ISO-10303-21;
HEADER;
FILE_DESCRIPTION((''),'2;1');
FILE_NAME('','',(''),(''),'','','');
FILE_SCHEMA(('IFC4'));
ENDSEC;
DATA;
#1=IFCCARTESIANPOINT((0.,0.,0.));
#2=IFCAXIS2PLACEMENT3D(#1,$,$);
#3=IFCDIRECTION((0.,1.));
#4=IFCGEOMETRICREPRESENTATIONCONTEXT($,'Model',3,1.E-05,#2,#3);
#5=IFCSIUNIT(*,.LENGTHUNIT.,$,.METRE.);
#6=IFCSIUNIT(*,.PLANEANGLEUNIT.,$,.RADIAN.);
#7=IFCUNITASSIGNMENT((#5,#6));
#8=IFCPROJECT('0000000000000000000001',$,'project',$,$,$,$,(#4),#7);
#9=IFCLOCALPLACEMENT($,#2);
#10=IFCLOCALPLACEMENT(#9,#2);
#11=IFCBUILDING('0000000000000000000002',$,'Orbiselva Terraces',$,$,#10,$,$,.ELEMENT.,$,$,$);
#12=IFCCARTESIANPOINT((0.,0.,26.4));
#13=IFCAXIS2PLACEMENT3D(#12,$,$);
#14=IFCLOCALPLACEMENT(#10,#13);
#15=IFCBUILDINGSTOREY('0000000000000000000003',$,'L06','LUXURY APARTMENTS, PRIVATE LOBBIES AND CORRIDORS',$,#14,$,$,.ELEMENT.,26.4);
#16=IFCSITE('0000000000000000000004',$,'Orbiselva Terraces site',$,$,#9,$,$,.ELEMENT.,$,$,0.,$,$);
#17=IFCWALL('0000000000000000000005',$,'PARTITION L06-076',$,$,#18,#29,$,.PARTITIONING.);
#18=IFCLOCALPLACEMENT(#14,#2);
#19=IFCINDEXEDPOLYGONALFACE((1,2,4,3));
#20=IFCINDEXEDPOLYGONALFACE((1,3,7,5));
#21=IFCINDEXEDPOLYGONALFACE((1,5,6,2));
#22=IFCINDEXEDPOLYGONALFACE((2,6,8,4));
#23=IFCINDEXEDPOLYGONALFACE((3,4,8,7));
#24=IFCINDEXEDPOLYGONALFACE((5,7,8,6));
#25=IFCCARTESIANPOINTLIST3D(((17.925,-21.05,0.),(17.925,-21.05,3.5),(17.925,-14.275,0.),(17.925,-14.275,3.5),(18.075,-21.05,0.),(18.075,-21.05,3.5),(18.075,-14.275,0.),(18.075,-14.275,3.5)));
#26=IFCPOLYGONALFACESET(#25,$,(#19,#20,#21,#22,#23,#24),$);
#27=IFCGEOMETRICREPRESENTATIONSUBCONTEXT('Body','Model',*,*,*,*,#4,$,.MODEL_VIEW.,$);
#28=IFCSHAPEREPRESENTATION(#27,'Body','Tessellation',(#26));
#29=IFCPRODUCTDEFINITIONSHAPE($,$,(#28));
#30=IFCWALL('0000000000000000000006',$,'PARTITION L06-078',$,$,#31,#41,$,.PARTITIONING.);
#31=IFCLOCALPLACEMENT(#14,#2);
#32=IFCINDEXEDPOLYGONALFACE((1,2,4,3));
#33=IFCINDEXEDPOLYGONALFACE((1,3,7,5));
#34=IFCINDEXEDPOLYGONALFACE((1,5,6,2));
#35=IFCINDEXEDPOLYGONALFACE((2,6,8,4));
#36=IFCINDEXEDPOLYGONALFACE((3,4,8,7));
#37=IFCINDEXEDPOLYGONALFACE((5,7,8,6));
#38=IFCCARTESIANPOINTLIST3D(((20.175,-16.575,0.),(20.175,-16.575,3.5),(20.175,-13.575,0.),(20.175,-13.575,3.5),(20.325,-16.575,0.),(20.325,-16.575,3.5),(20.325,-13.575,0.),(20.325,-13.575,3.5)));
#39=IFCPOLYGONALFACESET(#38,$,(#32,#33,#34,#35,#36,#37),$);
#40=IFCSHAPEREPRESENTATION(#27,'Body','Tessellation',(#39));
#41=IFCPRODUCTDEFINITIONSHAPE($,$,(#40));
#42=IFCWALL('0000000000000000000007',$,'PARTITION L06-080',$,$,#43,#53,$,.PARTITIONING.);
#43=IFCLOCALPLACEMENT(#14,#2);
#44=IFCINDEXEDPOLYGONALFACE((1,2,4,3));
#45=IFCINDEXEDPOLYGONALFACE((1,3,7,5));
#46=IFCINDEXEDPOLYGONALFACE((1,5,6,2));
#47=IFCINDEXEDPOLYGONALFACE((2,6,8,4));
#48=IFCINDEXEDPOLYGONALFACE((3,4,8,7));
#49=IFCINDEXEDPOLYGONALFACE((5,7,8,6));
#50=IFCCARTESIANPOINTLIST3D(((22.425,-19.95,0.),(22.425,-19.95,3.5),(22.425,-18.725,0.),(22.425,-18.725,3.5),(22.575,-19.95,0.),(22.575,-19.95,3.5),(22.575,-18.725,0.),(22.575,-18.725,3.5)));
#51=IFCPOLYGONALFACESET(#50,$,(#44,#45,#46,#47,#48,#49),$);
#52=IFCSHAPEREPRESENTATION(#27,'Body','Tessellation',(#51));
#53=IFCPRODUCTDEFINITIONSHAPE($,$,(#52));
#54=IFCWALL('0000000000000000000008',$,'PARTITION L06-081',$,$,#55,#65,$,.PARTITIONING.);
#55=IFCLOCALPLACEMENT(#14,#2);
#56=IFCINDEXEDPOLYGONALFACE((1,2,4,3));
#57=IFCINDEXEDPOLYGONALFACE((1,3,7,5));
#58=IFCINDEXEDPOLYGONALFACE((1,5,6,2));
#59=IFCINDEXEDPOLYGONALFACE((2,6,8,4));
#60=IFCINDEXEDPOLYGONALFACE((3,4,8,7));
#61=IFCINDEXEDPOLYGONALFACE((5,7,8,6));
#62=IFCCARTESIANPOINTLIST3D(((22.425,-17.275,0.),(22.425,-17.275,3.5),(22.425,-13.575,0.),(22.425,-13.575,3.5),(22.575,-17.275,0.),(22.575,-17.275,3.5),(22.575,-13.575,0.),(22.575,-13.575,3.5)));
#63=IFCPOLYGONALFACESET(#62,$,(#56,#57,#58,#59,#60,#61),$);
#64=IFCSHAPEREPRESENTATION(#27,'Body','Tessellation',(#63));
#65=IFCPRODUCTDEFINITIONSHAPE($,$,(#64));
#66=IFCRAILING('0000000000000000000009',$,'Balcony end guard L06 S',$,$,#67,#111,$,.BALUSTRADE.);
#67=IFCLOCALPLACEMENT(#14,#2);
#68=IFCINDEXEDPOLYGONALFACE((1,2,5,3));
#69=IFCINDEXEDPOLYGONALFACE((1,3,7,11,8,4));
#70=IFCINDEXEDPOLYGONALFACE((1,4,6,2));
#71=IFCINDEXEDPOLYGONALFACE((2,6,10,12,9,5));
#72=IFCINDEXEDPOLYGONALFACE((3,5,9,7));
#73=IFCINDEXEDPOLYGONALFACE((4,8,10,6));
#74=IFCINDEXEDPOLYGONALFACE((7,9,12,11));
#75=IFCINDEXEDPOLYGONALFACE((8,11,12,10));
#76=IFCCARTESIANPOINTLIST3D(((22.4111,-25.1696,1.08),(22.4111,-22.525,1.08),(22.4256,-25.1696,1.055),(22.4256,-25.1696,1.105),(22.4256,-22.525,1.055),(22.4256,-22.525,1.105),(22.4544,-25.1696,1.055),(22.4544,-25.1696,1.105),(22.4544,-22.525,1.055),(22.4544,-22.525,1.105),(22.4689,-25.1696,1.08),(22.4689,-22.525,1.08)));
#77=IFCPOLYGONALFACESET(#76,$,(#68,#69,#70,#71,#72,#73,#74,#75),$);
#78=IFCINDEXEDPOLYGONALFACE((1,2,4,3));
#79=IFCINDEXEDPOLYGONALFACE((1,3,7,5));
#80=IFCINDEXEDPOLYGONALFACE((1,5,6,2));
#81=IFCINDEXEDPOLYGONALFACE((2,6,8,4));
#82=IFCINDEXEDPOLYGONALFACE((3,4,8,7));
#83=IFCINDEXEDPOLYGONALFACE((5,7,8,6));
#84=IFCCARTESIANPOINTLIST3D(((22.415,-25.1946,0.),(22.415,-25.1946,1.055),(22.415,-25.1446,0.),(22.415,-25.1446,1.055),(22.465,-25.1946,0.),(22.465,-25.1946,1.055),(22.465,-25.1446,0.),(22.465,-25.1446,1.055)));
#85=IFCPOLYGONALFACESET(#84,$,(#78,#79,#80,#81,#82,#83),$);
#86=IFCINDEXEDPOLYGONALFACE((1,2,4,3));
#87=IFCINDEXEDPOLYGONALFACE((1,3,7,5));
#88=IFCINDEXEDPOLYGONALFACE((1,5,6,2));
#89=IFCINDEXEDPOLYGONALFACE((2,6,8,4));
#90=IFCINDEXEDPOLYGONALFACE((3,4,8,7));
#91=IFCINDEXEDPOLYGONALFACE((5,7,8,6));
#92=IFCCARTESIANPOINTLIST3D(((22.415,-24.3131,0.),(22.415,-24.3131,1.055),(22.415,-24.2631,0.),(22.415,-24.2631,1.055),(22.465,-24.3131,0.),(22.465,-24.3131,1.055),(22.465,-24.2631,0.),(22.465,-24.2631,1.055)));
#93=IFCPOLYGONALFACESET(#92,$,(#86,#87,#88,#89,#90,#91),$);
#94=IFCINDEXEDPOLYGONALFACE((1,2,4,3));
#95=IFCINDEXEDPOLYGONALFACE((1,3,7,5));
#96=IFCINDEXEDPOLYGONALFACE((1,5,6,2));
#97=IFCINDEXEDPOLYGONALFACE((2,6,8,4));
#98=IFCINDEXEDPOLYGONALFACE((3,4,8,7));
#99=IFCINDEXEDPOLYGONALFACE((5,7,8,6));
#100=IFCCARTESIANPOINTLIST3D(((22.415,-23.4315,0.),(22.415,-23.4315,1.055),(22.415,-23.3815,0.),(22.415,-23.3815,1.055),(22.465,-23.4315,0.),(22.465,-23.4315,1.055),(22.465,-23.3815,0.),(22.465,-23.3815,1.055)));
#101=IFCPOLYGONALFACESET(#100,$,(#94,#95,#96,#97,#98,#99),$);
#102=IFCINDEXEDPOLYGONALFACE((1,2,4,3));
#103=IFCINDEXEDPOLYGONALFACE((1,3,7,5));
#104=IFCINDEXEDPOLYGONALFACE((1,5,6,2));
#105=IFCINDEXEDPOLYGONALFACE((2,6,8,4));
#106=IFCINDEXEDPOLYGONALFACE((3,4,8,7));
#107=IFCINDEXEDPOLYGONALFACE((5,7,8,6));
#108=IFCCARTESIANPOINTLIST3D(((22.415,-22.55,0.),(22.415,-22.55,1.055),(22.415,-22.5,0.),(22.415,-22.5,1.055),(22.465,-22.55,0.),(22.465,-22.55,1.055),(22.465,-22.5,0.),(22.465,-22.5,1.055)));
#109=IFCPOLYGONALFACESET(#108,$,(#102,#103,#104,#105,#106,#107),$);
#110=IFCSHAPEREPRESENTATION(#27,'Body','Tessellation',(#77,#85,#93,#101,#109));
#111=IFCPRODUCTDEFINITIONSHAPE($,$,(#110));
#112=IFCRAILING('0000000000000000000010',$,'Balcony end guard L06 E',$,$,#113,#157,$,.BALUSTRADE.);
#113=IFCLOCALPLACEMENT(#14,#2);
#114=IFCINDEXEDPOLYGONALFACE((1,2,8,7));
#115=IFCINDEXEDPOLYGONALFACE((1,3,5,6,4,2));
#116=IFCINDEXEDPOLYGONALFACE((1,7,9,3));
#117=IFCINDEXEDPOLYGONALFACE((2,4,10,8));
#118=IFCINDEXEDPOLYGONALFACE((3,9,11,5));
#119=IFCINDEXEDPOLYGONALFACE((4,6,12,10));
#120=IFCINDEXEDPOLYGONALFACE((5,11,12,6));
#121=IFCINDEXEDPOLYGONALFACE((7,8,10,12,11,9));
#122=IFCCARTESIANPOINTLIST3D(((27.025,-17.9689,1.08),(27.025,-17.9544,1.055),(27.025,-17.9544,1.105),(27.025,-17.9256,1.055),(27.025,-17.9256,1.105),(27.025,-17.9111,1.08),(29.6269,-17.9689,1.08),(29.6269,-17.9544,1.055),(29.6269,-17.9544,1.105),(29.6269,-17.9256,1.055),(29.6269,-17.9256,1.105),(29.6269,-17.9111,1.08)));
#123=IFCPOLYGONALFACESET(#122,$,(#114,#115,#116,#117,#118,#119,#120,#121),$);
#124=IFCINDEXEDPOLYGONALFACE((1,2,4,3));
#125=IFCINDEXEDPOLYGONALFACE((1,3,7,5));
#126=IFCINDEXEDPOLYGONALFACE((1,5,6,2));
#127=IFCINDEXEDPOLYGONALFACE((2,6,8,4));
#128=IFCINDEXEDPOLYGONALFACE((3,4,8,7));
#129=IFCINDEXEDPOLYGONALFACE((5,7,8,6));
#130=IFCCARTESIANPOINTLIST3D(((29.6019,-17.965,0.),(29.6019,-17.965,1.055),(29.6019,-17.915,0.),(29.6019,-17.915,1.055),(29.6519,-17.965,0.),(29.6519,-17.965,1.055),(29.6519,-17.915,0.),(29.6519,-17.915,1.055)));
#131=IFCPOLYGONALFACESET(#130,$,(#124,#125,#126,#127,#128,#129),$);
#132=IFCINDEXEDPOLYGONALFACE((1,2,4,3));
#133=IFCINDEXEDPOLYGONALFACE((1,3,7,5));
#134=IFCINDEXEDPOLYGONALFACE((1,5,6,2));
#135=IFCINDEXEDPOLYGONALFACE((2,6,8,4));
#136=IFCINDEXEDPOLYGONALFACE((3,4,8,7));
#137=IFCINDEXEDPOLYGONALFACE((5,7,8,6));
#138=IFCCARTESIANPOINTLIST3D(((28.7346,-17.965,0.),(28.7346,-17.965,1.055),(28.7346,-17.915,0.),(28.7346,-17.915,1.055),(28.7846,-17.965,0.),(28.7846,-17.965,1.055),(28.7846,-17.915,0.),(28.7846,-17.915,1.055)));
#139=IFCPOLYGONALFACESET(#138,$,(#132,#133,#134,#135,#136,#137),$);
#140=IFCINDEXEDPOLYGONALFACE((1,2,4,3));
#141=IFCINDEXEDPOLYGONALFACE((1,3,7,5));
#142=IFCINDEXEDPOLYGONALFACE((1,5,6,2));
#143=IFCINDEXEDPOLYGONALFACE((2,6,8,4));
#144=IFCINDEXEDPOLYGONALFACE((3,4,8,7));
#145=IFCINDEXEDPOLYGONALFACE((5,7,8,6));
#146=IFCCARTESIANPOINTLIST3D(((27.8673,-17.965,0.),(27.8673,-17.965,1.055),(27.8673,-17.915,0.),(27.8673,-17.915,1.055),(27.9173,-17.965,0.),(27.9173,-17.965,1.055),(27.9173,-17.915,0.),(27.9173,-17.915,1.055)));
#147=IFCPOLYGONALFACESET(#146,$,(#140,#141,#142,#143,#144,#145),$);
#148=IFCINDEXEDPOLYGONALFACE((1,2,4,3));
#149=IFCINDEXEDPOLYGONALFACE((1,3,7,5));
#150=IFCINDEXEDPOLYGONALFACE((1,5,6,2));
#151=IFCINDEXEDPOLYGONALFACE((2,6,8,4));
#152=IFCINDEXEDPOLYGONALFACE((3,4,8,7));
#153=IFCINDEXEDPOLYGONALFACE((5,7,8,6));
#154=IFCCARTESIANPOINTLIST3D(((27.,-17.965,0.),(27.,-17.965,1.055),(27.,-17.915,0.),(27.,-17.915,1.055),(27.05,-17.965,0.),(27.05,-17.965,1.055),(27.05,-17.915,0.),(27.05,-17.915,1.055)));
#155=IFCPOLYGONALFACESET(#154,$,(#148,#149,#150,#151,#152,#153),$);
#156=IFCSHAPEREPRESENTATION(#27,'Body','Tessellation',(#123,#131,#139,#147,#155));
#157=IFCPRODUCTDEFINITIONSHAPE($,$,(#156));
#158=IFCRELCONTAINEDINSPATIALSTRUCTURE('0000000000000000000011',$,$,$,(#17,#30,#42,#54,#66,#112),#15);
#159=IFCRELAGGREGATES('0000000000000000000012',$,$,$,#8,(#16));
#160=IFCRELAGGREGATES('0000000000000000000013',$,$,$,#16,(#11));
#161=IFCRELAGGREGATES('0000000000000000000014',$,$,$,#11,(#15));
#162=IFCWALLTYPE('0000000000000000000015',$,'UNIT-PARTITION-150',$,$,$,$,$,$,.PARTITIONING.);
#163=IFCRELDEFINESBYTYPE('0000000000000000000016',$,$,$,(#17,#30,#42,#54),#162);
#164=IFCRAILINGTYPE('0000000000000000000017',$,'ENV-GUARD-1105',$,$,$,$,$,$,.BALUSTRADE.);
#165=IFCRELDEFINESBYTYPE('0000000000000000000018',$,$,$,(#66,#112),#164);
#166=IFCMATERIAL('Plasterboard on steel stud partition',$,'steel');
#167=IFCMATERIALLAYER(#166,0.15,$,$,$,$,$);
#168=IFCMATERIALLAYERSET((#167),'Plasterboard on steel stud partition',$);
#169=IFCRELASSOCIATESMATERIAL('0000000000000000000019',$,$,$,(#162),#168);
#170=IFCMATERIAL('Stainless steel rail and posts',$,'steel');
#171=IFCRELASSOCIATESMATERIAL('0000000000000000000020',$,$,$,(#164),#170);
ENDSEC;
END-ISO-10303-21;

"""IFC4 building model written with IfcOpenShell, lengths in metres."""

from ifc_helpers import new_model, si_unit, direction, frame, frame_2d, origin, origin_2d, place, context, subcontext, project, spatial, polyline, rectangle, outline, extrude, material, layer, layer_set, type_object, element, save


model = new_model("IFC4")

# Units and contexts
model_context = context("Model", 3, precision=1e-05, world=origin(), true_north=direction((0.0, 1.0)))
body_context = subcontext(model_context, "Body", "Model", "MODEL_VIEW")
ifc_project = project(units=[si_unit("LENGTHUNIT", "METRE"), si_unit("PLANEANGLEUNIT", "RADIAN")], contexts=[model_context])

# Site, building, storey
site_placement = place(None, origin())
site = spatial("IfcSite", under=ifc_project, at=site_placement, Name="Orbiselva Terraces site", CompositionType="ELEMENT", RefElevation=0.0)
building_placement = place(site_placement, origin())
building = spatial("IfcBuilding", under=site, at=building_placement, Name="Orbiselva Terraces", CompositionType="ELEMENT")
storey_placement = place(building_placement, frame((0.0, 0.0, 26.4)))
storey = spatial("IfcBuildingStorey", under=building, at=storey_placement, Name="L06", Description="LUXURY APARTMENTS, PRIVATE LOBBIES AND CORRIDORS", CompositionType="ELEMENT", Elevation=26.4)

# Walls
ifc_material_1 = material(Name="Plasterboard on steel stud partition", Category="steel")
ifc_layer_1 = layer(ifc_material_1, 0.15)
ifc_layer_set_1 = layer_set([ifc_layer_1], Name="Plasterboard on steel stud partition")
wall_type_1 = type_object("IfcWallType", Name="UNIT-PARTITION-150", PredefinedType="PARTITIONING", material=ifc_layer_set_1)
wall_1_placement = place(storey_placement, frame((18.0, -21.05, 0.0), z_axis=(0.0, 0.0, 1.0), x_axis=(0.0, 1.0, 0.0)))
element("IfcWall", 1, at=wall_1_placement, inside=storey, type_object=wall_type_1, Name="PARTITION L06-076", PredefinedType="PARTITIONING", context=body_context, shape_type="SweptSolid", body=[
    extrude(rectangle(XDim=6.775, YDim=0.15, at=frame_2d((3.3875, 0.0))), origin(), (0.0, 0.0, 1.0), 3.5),
])
wall_2_placement = place(storey_placement, frame((20.25, -16.575, 0.0), z_axis=(0.0, 0.0, 1.0), x_axis=(0.0, 1.0, 0.0)))
element("IfcWall", 2, at=wall_2_placement, inside=storey, type_object=wall_type_1, Name="PARTITION L06-078", PredefinedType="PARTITIONING", context=body_context, shape_type="SweptSolid", body=[
    extrude(rectangle(XDim=3.0, YDim=0.15, at=frame_2d((1.5, 0.0))), origin(), (0.0, 0.0, 1.0), 3.5),
])
wall_3_placement = place(storey_placement, frame((22.5, -19.95, 0.0), z_axis=(0.0, 0.0, 1.0), x_axis=(0.0, 1.0, 0.0)))
element("IfcWall", 3, at=wall_3_placement, inside=storey, type_object=wall_type_1, Name="PARTITION L06-080", PredefinedType="PARTITIONING", context=body_context, shape_type="SweptSolid", body=[
    extrude(rectangle(XDim=1.225, YDim=0.15, at=frame_2d((0.6125, 0.0))), origin(), (0.0, 0.0, 1.0), 3.5),
])
wall_4_placement = place(storey_placement, frame((22.5, -17.275, 0.0), z_axis=(0.0, 0.0, 1.0), x_axis=(0.0, 1.0, 0.0)))
element("IfcWall", 4, at=wall_4_placement, inside=storey, type_object=wall_type_1, Name="PARTITION L06-081", PredefinedType="PARTITIONING", context=body_context, shape_type="SweptSolid", body=[
    extrude(rectangle(XDim=3.7, YDim=0.15, at=frame_2d((1.85, 0.0))), origin(), (0.0, 0.0, 1.0), 3.5),
])

# Railings
ifc_material_2 = material(Name="Stainless steel rail and posts", Category="steel")
railing_type_1 = type_object("IfcRailingType", Name="ENV-GUARD-1105", PredefinedType="BALUSTRADE", material=ifc_material_2)
railing_1_placement = place(storey_placement, frame((22.44, -25.1696, 0.0)))
element("IfcRailing", 5, at=railing_1_placement, inside=storey, type_object=railing_type_1, Name="Balcony end guard L06 S", PredefinedType="BALUSTRADE", context=body_context, shape_type="SweptSolid", body=[
    extrude(outline(polyline([(0.0289, 0.0), (0.0144, 0.025), (-0.0144, 0.025), (-0.0289, 0.0), (-0.0144, -0.025), (0.0144, -0.025), (0.0289, 0.0)])), frame((0.0, 0.0, 1.08), z_axis=(0.0, 1.0, 0.0), x_axis=(-1.0, 0.0, 0.0)), (0.0, 0.0, 1.0), 2.6446),
    extrude(rectangle(XDim=0.05, YDim=0.05, at=origin_2d()), origin(), (0.0, 0.0, 1.0), 1.055),
    extrude(rectangle(XDim=0.05, YDim=0.05, at=origin_2d()), frame((0.0, 0.8815, 0.0)), (0.0, 0.0, 1.0), 1.055),
    extrude(rectangle(XDim=0.05, YDim=0.05, at=origin_2d()), frame((0.0, 1.7631, 0.0)), (0.0, 0.0, 1.0), 1.055),
    extrude(rectangle(XDim=0.05, YDim=0.05, at=origin_2d()), frame((0.0, 2.6446, 0.0)), (0.0, 0.0, 1.0), 1.055),
])
railing_2_placement = place(storey_placement, frame((29.6269, -17.94, 0.0)))
element("IfcRailing", 6, at=railing_2_placement, inside=storey, type_object=railing_type_1, Name="Balcony end guard L06 E", PredefinedType="BALUSTRADE", context=body_context, shape_type="SweptSolid", body=[
    extrude(outline(polyline([(0.0289, 0.0), (0.0144, 0.025), (-0.0144, 0.025), (-0.0289, 0.0), (-0.0144, -0.025), (0.0144, -0.025), (0.0289, 0.0)])), frame((0.0, 0.0, 1.08), z_axis=(-1.0, 0.0, 0.0), x_axis=(0.0, -1.0, 0.0)), (0.0, 0.0, 1.0), 2.6019),
    extrude(rectangle(XDim=0.05, YDim=0.05, at=origin_2d()), origin(), (0.0, 0.0, 1.0), 1.055),
    extrude(rectangle(XDim=0.05, YDim=0.05, at=origin_2d()), frame((-0.8673, 0.0, 0.0)), (0.0, 0.0, 1.0), 1.055),
    extrude(rectangle(XDim=0.05, YDim=0.05, at=origin_2d()), frame((-1.7346, 0.0, 0.0)), (0.0, 0.0, 1.0), 1.055),
    extrude(rectangle(XDim=0.05, YDim=0.05, at=origin_2d()), frame((-2.6019, 0.0, 0.0)), (0.0, 0.0, 1.0), 1.055),
])

save(model, "model.ifc")
